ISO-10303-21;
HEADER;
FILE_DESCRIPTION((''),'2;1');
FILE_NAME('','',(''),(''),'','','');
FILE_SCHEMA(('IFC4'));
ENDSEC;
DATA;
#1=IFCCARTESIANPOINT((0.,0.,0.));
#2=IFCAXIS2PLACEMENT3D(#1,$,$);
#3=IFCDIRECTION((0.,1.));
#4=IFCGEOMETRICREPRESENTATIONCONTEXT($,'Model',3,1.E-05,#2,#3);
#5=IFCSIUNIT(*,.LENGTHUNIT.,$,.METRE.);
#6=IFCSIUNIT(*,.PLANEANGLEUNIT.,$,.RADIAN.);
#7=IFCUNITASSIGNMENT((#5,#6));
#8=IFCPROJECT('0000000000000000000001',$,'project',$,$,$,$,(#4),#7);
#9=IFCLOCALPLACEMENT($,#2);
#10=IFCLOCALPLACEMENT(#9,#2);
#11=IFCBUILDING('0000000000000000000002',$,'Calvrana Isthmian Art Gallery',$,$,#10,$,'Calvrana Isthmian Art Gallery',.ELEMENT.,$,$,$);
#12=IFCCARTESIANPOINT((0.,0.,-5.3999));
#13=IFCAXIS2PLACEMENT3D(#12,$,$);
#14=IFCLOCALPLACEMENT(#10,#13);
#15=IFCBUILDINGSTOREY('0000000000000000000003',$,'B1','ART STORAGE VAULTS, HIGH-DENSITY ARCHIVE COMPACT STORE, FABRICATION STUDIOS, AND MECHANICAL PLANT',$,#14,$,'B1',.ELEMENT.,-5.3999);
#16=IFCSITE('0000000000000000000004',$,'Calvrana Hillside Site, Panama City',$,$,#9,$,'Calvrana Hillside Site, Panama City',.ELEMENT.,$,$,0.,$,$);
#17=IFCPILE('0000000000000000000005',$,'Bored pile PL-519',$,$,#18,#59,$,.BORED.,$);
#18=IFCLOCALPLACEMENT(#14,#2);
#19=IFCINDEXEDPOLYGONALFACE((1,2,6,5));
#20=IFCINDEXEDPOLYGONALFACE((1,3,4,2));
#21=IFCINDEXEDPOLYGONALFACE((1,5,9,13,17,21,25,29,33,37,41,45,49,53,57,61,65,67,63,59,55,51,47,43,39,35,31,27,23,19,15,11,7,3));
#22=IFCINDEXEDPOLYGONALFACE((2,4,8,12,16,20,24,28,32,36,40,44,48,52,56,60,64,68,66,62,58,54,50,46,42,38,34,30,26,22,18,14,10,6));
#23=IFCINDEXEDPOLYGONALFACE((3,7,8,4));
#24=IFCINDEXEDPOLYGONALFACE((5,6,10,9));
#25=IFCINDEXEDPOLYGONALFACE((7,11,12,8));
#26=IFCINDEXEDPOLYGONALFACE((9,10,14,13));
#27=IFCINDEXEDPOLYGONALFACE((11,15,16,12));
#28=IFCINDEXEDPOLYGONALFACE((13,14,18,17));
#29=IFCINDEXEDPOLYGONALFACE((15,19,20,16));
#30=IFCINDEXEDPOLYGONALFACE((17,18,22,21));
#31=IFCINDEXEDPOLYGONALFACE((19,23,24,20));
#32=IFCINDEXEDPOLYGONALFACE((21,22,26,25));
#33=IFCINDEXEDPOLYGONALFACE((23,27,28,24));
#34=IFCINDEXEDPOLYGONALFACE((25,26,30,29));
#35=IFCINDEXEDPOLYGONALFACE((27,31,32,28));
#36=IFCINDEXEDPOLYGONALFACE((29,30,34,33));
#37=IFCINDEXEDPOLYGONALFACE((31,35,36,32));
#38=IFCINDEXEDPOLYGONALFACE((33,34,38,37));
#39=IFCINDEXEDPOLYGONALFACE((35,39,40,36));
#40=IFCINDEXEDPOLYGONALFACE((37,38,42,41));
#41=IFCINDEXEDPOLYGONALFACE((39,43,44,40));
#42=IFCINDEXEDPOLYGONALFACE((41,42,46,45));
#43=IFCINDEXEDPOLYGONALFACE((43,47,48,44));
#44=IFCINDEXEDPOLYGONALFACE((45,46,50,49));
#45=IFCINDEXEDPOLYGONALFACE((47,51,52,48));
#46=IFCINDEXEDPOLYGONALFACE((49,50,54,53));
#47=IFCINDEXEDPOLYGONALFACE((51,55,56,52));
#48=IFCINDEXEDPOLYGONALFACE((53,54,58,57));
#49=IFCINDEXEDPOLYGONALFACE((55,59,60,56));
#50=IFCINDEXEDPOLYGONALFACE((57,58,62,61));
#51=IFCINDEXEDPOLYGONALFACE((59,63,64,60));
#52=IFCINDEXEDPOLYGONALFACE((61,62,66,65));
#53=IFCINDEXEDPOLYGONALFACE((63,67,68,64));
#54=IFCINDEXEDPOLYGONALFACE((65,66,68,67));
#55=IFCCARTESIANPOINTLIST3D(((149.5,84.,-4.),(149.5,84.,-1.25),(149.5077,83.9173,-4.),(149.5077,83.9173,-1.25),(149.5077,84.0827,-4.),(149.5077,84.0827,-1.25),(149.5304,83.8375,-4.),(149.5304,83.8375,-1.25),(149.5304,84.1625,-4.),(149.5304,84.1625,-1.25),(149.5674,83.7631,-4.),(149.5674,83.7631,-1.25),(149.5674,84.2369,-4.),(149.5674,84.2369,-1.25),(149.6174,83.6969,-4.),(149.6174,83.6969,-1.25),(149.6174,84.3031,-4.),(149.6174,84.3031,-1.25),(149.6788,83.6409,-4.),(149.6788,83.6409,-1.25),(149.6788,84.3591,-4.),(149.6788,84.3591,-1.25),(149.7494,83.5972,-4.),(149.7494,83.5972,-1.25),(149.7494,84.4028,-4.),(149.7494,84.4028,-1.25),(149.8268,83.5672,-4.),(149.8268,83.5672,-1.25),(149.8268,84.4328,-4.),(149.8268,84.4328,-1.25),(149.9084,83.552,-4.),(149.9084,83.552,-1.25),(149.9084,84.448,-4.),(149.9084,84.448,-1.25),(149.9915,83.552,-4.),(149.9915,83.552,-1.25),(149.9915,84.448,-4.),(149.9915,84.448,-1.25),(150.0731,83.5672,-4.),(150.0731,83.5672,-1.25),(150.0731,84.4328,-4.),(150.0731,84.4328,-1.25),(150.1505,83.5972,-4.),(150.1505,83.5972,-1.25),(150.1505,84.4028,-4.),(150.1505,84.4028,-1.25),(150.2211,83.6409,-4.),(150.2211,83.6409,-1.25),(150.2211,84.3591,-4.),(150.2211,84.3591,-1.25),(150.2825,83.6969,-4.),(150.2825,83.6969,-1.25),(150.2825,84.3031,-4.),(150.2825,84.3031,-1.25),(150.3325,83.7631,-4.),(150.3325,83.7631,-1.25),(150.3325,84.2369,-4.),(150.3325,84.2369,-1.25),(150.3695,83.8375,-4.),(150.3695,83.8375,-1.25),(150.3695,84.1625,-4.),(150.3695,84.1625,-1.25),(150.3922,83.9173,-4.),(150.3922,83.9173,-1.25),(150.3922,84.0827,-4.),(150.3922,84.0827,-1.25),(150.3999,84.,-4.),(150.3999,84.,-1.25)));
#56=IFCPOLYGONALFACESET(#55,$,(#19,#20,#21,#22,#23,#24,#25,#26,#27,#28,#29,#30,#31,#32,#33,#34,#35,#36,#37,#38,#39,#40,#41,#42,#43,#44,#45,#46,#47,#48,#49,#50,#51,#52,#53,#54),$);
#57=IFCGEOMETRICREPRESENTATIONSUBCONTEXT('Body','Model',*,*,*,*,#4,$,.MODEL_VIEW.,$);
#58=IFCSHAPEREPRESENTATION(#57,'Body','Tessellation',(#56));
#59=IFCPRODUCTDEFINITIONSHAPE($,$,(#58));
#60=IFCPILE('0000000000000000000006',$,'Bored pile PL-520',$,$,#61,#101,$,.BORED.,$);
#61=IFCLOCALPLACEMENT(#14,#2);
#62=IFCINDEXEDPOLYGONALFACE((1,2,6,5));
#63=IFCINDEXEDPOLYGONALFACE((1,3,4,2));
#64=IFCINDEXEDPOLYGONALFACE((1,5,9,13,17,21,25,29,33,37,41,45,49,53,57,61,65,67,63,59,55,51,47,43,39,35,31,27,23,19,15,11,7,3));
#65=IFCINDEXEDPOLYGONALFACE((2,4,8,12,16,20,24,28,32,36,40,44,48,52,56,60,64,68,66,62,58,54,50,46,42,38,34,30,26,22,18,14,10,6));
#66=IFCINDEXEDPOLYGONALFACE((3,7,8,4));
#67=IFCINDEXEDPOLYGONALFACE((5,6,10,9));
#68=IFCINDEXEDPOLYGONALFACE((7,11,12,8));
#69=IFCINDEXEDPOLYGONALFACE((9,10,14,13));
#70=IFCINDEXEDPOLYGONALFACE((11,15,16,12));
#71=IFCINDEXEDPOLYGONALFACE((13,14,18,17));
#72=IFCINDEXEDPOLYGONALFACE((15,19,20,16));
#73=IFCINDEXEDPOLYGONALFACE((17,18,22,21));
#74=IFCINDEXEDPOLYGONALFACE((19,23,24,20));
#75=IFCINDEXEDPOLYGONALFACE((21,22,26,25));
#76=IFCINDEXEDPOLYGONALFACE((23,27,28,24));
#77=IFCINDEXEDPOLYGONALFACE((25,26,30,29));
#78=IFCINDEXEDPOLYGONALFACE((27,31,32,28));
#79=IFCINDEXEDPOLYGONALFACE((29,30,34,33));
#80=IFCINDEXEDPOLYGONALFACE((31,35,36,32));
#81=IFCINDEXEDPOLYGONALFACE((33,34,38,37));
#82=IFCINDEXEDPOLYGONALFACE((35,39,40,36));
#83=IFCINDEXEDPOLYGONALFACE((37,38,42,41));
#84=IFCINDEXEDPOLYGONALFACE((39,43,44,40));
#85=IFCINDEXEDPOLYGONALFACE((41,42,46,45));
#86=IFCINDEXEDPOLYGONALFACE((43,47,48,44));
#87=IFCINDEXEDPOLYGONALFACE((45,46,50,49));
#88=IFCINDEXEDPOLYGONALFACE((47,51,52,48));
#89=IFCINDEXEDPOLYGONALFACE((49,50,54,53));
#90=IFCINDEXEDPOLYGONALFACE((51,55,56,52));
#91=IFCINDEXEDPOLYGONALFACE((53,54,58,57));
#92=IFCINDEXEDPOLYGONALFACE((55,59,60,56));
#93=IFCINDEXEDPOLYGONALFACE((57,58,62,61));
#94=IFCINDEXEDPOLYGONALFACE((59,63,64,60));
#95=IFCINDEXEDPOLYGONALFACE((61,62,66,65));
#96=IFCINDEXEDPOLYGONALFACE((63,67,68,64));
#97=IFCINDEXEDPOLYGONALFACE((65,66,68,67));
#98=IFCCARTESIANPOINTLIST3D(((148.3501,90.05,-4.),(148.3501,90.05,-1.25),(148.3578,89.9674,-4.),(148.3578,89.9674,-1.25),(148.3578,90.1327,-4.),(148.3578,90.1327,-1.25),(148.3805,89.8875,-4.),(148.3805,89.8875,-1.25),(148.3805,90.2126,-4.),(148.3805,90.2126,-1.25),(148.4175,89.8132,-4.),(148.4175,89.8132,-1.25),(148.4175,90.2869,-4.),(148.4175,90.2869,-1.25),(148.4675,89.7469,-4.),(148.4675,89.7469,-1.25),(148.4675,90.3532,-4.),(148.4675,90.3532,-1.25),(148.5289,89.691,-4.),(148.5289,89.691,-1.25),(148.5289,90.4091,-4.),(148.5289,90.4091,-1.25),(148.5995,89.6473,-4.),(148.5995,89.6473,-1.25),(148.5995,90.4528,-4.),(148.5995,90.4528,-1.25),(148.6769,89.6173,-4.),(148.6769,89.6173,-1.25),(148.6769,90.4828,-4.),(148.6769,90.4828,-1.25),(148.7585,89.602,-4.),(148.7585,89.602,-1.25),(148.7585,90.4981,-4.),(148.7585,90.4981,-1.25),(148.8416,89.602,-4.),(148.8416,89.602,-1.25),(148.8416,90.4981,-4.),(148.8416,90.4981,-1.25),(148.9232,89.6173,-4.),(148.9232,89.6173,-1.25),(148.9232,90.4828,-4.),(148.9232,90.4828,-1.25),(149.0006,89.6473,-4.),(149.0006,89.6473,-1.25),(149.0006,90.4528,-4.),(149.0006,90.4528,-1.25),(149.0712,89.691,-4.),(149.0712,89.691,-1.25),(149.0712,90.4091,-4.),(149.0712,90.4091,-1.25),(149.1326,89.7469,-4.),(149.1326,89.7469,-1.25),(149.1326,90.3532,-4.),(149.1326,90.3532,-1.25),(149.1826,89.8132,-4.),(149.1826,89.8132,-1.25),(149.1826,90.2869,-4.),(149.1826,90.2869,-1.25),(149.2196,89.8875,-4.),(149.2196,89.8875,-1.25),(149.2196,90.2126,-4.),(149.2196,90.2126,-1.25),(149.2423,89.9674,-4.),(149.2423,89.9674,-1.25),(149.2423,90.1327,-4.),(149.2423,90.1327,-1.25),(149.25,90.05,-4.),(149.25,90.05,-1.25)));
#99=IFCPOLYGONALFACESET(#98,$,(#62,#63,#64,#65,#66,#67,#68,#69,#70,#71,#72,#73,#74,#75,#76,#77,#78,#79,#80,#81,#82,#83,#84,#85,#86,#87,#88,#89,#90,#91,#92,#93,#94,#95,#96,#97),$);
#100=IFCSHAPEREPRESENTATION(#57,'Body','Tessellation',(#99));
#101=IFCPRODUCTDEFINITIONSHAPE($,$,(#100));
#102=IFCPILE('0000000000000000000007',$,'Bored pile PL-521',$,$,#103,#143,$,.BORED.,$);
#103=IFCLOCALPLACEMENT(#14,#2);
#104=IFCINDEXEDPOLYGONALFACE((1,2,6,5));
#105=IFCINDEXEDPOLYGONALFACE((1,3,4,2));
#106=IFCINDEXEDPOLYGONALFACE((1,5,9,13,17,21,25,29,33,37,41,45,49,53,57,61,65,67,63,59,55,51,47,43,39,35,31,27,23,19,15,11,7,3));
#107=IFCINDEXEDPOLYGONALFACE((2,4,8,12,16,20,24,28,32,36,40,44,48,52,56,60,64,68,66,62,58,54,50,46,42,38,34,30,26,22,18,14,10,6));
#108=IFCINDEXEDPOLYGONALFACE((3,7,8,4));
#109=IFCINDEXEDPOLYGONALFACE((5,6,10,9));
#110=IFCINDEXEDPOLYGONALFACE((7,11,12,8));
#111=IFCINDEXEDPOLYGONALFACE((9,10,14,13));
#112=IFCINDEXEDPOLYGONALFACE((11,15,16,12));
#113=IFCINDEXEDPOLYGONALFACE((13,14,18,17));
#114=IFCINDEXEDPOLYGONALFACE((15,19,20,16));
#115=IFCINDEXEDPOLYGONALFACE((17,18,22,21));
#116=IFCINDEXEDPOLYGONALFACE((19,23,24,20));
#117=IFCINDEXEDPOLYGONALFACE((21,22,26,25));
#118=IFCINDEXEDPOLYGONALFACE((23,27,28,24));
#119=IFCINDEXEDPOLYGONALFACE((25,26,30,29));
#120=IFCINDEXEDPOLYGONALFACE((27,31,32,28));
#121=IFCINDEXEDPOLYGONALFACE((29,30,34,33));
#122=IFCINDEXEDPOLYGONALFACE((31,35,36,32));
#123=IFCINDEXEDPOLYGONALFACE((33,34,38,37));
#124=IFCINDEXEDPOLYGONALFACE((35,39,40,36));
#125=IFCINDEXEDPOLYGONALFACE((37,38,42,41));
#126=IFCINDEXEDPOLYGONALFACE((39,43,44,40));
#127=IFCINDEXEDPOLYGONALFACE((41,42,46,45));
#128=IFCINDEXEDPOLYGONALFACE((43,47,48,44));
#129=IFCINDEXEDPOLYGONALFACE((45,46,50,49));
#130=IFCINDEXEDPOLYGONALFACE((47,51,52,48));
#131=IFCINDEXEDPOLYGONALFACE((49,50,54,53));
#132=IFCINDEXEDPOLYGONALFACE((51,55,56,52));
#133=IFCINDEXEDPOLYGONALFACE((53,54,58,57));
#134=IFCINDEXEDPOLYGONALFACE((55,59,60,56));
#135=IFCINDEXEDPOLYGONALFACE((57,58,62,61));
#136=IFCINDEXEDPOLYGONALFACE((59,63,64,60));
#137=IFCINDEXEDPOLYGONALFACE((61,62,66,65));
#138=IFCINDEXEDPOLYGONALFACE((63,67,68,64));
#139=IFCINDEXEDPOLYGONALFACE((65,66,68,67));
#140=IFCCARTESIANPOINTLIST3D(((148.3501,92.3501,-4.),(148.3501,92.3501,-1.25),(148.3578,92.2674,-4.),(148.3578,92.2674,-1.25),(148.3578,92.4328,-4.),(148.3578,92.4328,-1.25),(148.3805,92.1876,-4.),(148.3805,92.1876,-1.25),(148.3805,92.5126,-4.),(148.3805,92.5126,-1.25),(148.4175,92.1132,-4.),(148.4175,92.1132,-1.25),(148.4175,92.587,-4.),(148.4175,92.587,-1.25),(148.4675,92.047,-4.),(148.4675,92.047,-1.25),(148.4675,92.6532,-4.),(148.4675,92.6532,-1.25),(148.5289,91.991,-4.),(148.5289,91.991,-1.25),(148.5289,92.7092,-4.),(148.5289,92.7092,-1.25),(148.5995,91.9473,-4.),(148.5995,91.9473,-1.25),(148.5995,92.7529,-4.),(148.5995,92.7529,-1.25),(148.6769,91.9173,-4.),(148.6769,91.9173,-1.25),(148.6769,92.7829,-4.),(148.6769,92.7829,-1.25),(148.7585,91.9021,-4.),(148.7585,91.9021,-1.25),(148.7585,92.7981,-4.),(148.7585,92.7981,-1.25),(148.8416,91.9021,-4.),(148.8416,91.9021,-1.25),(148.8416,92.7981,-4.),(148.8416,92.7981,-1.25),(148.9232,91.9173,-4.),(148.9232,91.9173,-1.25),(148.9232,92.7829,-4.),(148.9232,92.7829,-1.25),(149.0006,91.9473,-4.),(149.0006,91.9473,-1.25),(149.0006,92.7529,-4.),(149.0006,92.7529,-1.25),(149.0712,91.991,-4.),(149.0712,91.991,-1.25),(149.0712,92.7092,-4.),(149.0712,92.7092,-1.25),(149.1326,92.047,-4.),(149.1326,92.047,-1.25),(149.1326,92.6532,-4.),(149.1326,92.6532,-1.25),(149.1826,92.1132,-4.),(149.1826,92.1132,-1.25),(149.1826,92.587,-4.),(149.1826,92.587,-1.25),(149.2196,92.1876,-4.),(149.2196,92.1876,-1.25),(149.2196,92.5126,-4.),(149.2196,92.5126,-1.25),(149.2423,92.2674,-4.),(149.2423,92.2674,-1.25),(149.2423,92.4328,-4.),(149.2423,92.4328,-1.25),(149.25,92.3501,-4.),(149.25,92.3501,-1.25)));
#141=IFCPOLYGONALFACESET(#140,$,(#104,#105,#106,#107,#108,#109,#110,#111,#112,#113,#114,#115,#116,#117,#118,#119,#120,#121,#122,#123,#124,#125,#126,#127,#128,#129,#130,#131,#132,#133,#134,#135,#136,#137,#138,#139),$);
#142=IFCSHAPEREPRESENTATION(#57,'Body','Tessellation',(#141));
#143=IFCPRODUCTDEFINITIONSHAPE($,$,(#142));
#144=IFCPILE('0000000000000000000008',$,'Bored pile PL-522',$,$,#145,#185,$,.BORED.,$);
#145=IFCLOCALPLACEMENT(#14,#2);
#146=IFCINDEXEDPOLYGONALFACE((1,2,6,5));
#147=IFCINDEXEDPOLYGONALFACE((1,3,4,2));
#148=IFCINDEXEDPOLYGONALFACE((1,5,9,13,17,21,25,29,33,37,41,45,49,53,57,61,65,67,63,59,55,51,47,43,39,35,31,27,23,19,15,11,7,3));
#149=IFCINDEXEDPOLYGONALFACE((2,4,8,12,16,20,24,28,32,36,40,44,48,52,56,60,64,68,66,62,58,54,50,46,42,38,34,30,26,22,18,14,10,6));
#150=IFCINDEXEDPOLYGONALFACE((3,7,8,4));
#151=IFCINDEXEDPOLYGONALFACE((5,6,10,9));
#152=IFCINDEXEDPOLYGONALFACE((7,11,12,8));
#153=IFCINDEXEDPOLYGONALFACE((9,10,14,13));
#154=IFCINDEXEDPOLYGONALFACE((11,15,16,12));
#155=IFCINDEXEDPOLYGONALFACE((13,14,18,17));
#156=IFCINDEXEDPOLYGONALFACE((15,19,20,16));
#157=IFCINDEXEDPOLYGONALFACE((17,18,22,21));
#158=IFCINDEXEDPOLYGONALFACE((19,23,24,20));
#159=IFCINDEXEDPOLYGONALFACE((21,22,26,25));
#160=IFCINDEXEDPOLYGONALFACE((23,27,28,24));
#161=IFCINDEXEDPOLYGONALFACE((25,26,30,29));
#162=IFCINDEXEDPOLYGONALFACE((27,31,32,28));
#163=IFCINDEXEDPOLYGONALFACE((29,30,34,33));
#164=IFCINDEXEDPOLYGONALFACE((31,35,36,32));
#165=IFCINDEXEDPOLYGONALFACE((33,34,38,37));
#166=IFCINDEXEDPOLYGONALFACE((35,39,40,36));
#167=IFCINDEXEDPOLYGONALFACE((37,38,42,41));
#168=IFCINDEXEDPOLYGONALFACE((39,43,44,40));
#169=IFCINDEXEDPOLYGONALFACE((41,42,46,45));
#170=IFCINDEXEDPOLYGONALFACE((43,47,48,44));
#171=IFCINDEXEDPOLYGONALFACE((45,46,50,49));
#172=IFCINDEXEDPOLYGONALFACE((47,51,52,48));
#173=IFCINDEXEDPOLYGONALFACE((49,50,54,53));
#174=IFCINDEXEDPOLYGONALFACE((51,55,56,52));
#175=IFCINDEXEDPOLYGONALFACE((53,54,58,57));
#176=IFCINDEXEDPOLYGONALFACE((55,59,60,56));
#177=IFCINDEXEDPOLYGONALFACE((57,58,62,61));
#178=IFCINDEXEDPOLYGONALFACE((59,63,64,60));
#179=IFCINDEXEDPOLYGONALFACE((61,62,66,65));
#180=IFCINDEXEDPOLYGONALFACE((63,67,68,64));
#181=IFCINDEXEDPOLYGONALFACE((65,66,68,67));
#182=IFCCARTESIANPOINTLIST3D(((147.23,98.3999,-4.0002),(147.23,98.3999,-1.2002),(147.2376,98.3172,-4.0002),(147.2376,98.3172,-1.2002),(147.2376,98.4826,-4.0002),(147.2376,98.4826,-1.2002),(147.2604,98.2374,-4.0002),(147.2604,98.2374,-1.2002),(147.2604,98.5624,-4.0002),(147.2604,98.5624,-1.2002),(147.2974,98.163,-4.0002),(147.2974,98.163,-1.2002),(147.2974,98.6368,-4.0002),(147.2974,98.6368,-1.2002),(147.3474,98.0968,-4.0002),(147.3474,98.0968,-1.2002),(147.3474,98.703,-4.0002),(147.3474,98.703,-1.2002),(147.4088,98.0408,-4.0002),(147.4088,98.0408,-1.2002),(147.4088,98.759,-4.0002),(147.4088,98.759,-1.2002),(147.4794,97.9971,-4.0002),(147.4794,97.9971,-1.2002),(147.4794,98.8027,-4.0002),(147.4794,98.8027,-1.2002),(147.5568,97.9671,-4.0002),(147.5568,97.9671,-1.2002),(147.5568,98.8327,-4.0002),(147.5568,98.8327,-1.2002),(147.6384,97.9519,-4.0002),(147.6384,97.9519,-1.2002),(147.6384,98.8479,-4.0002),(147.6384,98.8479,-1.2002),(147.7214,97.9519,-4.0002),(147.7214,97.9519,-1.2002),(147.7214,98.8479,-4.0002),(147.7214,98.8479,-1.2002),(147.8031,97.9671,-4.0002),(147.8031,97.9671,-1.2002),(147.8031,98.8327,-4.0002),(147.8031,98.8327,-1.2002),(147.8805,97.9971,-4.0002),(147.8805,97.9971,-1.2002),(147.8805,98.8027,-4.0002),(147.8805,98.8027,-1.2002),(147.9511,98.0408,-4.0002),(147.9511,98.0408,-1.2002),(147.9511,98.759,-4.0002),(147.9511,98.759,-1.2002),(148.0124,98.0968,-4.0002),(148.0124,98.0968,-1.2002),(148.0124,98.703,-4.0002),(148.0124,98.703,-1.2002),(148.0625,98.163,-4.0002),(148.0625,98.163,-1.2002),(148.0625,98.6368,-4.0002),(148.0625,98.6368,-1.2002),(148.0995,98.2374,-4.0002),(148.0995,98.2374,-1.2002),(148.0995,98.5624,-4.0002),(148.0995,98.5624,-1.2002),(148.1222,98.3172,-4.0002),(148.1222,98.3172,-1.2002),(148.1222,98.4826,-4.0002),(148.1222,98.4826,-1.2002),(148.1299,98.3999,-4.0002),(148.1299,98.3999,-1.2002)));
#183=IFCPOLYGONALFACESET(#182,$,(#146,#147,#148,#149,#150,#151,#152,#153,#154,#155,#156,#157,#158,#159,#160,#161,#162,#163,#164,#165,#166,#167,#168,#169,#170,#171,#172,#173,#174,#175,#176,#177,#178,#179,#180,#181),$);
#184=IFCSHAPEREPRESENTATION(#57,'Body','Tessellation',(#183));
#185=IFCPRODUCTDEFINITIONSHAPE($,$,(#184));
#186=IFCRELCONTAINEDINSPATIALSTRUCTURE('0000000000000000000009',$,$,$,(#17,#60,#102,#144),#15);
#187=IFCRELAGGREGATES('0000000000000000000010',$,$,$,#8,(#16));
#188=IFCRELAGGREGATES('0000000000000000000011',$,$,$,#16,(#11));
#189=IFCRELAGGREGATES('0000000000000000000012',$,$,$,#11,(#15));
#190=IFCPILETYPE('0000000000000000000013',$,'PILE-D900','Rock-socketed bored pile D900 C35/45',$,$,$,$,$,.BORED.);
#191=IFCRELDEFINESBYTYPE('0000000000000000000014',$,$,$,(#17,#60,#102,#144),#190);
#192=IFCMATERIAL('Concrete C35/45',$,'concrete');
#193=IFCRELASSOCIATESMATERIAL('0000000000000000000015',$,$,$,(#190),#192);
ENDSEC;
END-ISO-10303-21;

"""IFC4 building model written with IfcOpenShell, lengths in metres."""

from ifc_helpers import new_model, si_unit, direction, frame, origin, origin_2d, place, context, subcontext, project, spatial, circle, extrude, material, material_profile, profile_set, type_object, element, save


model = new_model("IFC4")

# Units and contexts
model_context = context("Model", 3, precision=1e-05, world=origin(), true_north=direction((0.0, 1.0)))
body_context = subcontext(model_context, "Body", "Model", "MODEL_VIEW")
ifc_project = project(units=[si_unit("LENGTHUNIT", "METRE"), si_unit("PLANEANGLEUNIT", "RADIAN")], contexts=[model_context])

# Site, building, storey
site_placement = place(None, origin())
site = spatial("IfcSite", under=ifc_project, at=site_placement, Name="Calvrana Hillside Site, Panama City", LongName="Calvrana Hillside Site, Panama City", CompositionType="ELEMENT", RefElevation=0.0)
building_placement = place(site_placement, origin())
building = spatial("IfcBuilding", under=site, at=building_placement, Name="Calvrana Isthmian Art Gallery", LongName="Calvrana Isthmian Art Gallery", CompositionType="ELEMENT")
storey_placement = place(building_placement, frame((0.0, 0.0, -5.3999)))
storey = spatial("IfcBuildingStorey", under=building, at=storey_placement, Name="B1", Description="ART STORAGE VAULTS, HIGH-DENSITY ARCHIVE COMPACT STORE, FABRICATION STUDIOS, AND MECHANICAL PLANT", LongName="B1", CompositionType="ELEMENT", Elevation=-5.3999)

# Shared definitions
ifc_material_1 = material(Name="Concrete C35/45", Category="concrete")

# Piles
ifc_material_profile_1 = material_profile(ifc_material_1, circle(Radius=0.45, at=origin_2d()), Name="PILE900D")
ifc_profile_set_1 = profile_set([ifc_material_profile_1], Name="Concrete C35/45")
pile_type_1 = type_object("IfcPileType", Name="PILE-D900", Description="Rock-socketed bored pile D900 C35/45", PredefinedType="BORED", material=ifc_profile_set_1)
for number, where, z_axis, x_axis, name in (
    (1, (149.95, 84.0, -1.25), (0.0, 0.0, -1.0), (1.0, 0.0, 0.0), "Bored pile PL-519"),
    (2, (148.8, 90.05, -1.25), (0.0, 0.0, -1.0), (1.0, 0.0, 0.0), "Bored pile PL-520"),
    (3, (148.8, 92.3501, -1.25), (0.0, 0.0, -1.0), (1.0, 0.0, 0.0), "Bored pile PL-521"),
):
    element("IfcPile", number, at=place(storey_placement, frame(where, z_axis=z_axis, x_axis=x_axis)), inside=storey, type_object=pile_type_1, Name=name, PredefinedType="BORED", context=body_context, shape_type="SweptSolid", body=[
        extrude(circle(Radius=0.45, at=origin_2d()), origin(), (0.0, 0.0, 1.0), 2.75),
    ])
for number, where, z_axis, x_axis, name in (
    (4, (147.6799, 98.3999, -1.2002), (0.0, 0.0, -1.0), (1.0, 0.0, 0.0), "Bored pile PL-522"),
):
    element("IfcPile", number, at=place(storey_placement, frame(where, z_axis=z_axis, x_axis=x_axis)), inside=storey, type_object=pile_type_1, Name=name, PredefinedType="BORED", context=body_context, shape_type="SweptSolid", body=[
        extrude(circle(Radius=0.45, at=origin_2d()), origin(), (0.0, 0.0, 1.0), 2.8),
    ])

save(model, "model.ifc")
